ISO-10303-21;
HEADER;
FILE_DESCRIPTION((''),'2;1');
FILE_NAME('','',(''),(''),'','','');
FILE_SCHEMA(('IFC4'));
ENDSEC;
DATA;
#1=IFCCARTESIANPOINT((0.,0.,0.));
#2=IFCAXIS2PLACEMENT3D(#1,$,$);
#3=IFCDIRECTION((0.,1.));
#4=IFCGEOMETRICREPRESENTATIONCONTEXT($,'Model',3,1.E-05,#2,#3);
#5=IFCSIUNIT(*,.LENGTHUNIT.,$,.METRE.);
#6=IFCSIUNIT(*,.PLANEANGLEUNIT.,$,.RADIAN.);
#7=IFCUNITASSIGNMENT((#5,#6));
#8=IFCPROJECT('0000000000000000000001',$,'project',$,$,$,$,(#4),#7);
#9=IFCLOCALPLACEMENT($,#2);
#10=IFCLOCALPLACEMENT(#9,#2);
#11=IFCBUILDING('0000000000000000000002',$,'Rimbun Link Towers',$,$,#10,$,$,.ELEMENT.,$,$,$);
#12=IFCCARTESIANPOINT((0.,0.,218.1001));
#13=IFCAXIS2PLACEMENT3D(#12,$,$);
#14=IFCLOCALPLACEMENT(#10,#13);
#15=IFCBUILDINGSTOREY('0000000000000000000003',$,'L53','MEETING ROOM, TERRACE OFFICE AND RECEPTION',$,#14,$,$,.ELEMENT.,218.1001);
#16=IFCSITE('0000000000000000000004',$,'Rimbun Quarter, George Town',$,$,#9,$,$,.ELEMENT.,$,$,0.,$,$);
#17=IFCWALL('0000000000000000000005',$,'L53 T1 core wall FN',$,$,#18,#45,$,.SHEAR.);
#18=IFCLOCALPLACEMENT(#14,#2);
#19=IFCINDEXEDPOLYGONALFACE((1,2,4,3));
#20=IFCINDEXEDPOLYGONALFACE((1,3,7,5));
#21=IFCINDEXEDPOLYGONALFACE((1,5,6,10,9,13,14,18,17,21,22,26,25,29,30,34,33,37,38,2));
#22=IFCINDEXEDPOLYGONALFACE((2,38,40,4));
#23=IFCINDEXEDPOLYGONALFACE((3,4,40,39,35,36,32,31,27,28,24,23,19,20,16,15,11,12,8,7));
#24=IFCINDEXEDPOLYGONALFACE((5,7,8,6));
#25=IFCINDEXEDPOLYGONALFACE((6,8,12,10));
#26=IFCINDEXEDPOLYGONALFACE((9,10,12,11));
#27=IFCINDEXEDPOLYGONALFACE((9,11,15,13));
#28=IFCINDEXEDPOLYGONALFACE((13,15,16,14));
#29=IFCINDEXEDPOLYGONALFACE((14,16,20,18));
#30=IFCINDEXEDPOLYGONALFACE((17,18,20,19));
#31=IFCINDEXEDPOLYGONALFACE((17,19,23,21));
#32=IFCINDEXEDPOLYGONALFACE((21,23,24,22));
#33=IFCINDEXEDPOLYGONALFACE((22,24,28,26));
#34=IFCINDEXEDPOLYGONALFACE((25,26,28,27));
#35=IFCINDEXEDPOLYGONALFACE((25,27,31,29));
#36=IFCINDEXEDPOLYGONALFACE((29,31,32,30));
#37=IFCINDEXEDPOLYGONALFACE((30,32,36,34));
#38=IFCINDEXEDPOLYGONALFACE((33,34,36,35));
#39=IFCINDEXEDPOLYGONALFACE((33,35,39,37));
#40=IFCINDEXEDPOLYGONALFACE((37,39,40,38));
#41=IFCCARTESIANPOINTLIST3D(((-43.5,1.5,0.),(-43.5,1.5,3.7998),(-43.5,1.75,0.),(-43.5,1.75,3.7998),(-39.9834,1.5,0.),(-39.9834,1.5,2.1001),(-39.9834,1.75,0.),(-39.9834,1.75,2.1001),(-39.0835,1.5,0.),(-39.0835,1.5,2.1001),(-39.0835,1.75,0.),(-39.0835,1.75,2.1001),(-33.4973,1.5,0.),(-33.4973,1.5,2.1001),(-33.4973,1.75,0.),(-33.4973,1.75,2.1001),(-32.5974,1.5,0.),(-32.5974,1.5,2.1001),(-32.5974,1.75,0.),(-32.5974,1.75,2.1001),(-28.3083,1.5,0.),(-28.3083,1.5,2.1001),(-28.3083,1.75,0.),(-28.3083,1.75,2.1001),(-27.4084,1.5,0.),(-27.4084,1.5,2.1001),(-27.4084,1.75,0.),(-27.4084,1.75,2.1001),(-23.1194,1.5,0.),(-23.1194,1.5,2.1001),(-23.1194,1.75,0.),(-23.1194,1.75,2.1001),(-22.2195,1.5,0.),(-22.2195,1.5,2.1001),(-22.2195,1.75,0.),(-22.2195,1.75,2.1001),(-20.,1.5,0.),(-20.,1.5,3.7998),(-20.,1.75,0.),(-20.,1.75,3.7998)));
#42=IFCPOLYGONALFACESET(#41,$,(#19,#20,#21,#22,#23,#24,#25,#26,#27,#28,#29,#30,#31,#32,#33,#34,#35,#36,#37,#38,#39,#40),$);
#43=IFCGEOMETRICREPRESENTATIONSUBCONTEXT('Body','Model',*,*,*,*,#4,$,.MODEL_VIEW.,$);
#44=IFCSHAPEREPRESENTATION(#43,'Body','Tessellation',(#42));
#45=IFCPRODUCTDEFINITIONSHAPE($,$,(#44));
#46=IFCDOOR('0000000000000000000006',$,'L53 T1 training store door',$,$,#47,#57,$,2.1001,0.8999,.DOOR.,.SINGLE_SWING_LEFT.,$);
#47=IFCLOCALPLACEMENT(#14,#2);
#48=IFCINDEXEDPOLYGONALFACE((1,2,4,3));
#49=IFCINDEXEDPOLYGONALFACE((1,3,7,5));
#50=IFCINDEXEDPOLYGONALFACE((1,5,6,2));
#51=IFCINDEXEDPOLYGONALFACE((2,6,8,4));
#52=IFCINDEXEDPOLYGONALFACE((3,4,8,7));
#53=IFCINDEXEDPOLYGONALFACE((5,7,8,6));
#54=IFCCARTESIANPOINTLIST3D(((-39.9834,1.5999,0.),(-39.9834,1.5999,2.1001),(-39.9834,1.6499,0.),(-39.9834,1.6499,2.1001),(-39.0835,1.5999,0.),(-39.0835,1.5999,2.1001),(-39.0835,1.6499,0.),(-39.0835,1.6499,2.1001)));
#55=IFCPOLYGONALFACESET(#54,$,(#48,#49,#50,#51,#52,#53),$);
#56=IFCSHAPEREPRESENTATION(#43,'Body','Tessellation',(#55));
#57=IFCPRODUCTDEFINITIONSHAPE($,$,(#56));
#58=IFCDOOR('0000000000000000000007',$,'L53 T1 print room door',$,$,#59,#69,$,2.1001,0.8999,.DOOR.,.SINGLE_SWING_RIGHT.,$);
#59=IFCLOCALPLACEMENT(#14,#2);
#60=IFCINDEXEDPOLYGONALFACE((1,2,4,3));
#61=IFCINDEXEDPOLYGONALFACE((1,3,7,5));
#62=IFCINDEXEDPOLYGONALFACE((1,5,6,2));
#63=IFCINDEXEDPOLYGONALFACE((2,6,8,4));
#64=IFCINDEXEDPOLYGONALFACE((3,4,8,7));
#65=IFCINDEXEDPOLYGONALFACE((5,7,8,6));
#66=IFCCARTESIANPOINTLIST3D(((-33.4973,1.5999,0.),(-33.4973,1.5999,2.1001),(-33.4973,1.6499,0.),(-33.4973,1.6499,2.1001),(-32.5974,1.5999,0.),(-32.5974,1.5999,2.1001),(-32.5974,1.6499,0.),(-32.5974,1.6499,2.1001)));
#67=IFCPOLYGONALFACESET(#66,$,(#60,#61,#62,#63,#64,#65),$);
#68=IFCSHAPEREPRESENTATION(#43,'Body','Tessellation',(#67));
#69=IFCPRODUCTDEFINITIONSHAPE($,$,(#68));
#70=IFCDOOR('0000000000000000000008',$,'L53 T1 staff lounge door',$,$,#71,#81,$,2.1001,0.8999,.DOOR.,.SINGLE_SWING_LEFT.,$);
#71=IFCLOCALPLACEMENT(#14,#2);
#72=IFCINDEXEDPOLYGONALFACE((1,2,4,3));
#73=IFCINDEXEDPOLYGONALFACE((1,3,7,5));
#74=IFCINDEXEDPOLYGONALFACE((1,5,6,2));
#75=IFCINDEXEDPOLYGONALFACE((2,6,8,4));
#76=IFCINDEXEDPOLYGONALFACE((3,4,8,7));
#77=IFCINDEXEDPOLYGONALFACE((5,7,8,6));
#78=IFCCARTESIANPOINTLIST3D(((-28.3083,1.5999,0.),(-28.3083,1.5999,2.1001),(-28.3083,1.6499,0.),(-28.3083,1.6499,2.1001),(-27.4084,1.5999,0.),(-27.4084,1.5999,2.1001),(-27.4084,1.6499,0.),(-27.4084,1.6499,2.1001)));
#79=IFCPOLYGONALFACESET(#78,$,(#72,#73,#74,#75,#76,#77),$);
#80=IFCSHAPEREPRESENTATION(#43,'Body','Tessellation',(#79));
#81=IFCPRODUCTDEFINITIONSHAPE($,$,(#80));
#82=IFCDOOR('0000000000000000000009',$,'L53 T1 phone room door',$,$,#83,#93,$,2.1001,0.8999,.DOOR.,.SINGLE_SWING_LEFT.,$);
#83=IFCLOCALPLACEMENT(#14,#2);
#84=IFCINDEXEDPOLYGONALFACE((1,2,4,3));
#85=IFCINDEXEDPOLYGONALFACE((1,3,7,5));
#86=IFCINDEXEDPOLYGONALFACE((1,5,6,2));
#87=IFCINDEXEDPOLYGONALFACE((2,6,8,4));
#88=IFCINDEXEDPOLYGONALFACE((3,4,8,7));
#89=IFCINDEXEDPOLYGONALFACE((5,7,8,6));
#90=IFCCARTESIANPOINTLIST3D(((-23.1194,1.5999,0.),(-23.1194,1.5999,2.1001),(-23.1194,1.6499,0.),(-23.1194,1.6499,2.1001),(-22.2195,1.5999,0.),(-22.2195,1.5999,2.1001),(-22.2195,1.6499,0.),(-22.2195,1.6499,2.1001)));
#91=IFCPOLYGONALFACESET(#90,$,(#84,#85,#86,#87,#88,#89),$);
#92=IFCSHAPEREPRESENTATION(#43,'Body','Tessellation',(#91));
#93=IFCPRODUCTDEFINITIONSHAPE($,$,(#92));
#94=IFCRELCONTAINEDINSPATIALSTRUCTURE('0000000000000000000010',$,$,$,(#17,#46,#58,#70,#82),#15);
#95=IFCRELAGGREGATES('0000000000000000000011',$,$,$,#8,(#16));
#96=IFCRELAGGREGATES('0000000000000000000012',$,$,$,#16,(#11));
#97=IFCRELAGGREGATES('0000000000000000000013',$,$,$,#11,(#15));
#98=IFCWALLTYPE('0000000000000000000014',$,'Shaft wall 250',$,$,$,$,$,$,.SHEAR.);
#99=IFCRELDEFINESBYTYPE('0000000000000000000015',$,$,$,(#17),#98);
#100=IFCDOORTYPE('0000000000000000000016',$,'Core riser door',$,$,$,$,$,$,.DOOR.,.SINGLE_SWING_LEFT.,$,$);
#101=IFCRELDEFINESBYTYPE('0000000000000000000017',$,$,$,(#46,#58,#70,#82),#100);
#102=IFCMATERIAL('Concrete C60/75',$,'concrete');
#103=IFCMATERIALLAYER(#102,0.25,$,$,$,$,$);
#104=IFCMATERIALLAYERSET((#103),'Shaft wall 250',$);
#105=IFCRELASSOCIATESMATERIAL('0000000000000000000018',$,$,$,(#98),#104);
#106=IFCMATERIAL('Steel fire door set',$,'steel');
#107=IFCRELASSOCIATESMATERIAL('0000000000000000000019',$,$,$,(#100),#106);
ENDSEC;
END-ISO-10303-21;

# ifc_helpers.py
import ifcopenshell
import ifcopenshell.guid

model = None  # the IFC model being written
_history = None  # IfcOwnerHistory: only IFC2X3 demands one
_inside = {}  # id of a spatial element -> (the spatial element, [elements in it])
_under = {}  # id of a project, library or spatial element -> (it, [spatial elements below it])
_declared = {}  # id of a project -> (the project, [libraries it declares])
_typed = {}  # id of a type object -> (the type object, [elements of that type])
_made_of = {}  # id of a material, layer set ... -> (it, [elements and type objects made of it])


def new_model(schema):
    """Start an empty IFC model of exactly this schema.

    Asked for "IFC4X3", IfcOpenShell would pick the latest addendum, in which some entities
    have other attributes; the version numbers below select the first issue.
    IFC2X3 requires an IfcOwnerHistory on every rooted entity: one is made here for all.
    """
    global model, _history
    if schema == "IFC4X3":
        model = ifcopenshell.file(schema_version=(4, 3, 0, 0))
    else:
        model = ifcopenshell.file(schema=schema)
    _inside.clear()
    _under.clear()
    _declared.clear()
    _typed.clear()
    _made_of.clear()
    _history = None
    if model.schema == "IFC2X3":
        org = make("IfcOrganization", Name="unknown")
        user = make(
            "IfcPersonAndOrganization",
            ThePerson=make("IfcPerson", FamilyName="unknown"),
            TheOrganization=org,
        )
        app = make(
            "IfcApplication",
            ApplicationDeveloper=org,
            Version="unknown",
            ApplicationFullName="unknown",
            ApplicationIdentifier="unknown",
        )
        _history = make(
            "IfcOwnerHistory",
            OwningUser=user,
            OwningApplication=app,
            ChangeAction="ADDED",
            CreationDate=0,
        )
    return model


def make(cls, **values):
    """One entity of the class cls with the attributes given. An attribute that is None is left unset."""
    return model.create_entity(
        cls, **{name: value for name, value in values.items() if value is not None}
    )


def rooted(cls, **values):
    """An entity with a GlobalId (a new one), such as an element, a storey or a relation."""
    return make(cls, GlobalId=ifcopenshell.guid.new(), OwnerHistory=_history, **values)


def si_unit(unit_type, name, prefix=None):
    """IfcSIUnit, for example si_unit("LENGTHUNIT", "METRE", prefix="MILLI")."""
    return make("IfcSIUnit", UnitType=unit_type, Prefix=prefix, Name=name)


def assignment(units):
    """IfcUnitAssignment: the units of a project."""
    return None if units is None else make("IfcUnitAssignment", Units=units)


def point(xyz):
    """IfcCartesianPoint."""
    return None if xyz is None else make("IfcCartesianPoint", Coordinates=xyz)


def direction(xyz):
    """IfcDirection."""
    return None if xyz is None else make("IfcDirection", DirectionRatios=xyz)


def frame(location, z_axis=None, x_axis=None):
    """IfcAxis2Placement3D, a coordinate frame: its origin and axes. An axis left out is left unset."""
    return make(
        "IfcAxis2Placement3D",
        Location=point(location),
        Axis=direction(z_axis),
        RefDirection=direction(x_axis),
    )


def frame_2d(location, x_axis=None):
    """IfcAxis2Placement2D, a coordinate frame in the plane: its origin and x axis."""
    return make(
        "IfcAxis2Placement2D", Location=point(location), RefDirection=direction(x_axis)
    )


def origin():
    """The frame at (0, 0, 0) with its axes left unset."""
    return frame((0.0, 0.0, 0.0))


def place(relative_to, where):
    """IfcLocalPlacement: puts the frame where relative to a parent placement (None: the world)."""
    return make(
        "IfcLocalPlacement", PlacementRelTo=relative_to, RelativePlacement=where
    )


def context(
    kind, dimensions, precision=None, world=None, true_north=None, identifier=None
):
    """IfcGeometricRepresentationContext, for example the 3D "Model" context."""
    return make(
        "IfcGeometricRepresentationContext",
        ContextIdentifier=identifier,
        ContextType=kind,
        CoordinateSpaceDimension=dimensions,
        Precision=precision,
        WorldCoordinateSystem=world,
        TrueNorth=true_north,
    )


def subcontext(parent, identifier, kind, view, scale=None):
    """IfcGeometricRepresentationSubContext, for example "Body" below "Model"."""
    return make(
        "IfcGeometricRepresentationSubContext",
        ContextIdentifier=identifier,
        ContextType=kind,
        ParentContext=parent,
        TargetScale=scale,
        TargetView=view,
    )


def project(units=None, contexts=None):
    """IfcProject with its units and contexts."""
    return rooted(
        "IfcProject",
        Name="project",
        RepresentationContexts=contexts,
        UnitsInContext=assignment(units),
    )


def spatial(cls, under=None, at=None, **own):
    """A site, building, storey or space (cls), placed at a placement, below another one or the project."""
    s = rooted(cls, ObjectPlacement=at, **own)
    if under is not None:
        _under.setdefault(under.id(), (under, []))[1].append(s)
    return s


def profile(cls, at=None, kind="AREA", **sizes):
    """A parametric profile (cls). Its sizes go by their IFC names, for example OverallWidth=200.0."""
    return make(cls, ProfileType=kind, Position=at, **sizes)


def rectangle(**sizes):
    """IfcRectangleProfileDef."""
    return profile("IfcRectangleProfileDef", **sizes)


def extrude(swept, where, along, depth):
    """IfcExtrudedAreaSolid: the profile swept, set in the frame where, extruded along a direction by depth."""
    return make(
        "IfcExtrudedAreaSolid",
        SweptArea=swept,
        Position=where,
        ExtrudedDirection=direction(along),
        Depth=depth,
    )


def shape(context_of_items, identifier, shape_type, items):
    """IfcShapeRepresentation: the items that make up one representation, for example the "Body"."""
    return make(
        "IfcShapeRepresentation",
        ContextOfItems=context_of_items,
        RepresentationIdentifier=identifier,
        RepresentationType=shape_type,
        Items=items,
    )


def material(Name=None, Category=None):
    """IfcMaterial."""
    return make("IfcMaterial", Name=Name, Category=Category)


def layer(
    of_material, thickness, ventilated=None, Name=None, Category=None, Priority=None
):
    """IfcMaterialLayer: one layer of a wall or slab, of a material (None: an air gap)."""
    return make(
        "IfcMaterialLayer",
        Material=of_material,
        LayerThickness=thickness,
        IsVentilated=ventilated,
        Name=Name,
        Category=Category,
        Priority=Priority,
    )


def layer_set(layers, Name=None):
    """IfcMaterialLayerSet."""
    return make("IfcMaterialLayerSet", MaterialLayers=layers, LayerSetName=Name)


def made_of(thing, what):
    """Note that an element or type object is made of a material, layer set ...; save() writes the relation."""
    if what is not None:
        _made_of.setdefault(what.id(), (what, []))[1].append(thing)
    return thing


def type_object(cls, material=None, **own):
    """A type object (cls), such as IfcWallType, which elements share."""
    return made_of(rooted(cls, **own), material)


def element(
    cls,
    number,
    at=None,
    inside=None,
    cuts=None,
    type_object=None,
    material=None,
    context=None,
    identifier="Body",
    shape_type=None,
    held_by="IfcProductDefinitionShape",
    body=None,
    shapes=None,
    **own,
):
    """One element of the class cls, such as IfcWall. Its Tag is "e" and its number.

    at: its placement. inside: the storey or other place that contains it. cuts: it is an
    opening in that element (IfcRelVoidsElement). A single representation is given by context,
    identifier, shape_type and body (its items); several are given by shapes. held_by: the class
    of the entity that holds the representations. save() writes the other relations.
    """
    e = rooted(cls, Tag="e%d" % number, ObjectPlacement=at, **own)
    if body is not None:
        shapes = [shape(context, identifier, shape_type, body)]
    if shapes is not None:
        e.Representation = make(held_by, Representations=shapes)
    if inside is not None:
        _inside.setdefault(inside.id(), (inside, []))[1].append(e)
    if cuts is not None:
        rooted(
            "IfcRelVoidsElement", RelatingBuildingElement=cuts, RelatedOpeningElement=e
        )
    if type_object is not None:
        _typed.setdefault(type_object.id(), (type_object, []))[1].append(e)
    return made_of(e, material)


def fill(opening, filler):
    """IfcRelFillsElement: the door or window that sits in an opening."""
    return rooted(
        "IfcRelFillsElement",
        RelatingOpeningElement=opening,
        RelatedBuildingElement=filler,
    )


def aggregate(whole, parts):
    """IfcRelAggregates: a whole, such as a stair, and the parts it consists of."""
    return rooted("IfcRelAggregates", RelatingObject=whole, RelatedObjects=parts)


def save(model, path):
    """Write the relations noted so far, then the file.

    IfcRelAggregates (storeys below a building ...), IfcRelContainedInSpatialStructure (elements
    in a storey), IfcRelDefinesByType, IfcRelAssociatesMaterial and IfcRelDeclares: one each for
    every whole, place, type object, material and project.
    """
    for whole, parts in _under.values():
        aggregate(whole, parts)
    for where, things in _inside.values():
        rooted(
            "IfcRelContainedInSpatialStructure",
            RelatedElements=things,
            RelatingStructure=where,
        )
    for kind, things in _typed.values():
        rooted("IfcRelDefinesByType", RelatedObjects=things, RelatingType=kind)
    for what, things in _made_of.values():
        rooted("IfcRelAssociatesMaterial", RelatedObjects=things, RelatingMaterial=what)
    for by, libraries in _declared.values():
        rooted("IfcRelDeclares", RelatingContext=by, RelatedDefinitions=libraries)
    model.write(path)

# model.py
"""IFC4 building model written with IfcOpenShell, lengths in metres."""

from ifc_helpers import new_model, si_unit, direction, frame, frame_2d, origin, place, context, subcontext, project, spatial, rectangle, extrude, material, layer, layer_set, type_object, element, fill, save


model = new_model("IFC4")

# Units and contexts
model_context = context("Model", 3, precision=1e-05, world=origin(), true_north=direction((0.0, 1.0)))
body_context = subcontext(model_context, "Body", "Model", "MODEL_VIEW")
ifc_project = project(units=[si_unit("LENGTHUNIT", "METRE"), si_unit("PLANEANGLEUNIT", "RADIAN")], contexts=[model_context])

# Site, building, storey
site_placement = place(None, origin())
site = spatial("IfcSite", under=ifc_project, at=site_placement, Name="Rimbun Quarter, George Town", CompositionType="ELEMENT", RefElevation=0.0)
building_placement = place(site_placement, origin())
building = spatial("IfcBuilding", under=site, at=building_placement, Name="Rimbun Link Towers", CompositionType="ELEMENT")
storey_placement = place(building_placement, frame((0.0, 0.0, 218.1001)))
storey = spatial("IfcBuildingStorey", under=building, at=storey_placement, Name="L53", Description="MEETING ROOM, TERRACE OFFICE AND RECEPTION", CompositionType="ELEMENT", Elevation=218.1001)

# Shared definitions
ifc_material_1 = material(Name="Concrete C60/75", Category="concrete")
ifc_layer_1 = layer(ifc_material_1, 0.25)
ifc_layer_set_1 = layer_set([ifc_layer_1], Name="Shaft wall 250")
wall_type_1 = type_object("IfcWallType", Name="Shaft wall 250", PredefinedType="SHEAR", material=ifc_layer_set_1)

# Wall, openings, doors
wall_1_placement = place(storey_placement, frame((-43.5, 1.625, 0.0), z_axis=(0.0, 0.0, 1.0), x_axis=(1.0, 0.0, 0.0)))
wall_1 = element("IfcWall", 1, at=wall_1_placement, inside=storey, type_object=wall_type_1, Name="L53 T1 core wall FN", PredefinedType="SHEAR", context=body_context, shape_type="SweptSolid", body=[
    extrude(rectangle(XDim=23.5, YDim=0.25, at=frame_2d((11.75, 0.0))), origin(), (0.0, 0.0, 1.0), 3.7998),
])
opening_1_placement = place(wall_1_placement, frame((3.5166, 0.0, 0.0)))
opening_1 = element("IfcOpeningElement", 2, at=opening_1_placement, cuts=wall_1, PredefinedType="OPENING", context=body_context, shape_type="SweptSolid", body=[
    extrude(rectangle(XDim=0.8999, YDim=2.1001, at=frame_2d((0.45, 1.05))), frame((0.0, 0.135, 0.0), z_axis=(0.0, -1.0, 0.0), x_axis=(1.0, 0.0, 0.0)), (0.0, 0.0, 1.0), 0.27),
])
opening_2_placement = place(wall_1_placement, frame((10.0027, 0.0, 0.0)))
opening_2 = element("IfcOpeningElement", 3, at=opening_2_placement, cuts=wall_1, PredefinedType="OPENING", context=body_context, shape_type="SweptSolid", body=[
    extrude(rectangle(XDim=0.8999, YDim=2.1001, at=frame_2d((0.45, 1.05))), frame((0.0, 0.135, 0.0), z_axis=(0.0, -1.0, 0.0), x_axis=(1.0, 0.0, 0.0)), (0.0, 0.0, 1.0), 0.27),
])
opening_3_placement = place(wall_1_placement, frame((15.1917, 0.0, 0.0)))
opening_3 = element("IfcOpeningElement", 4, at=opening_3_placement, cuts=wall_1, PredefinedType="OPENING", context=body_context, shape_type="SweptSolid", body=[
    extrude(rectangle(XDim=0.8999, YDim=2.1001, at=frame_2d((0.45, 1.05))), frame((0.0, 0.135, 0.0), z_axis=(0.0, -1.0, 0.0), x_axis=(1.0, 0.0, 0.0)), (0.0, 0.0, 1.0), 0.27),
])
opening_4_placement = place(wall_1_placement, frame((20.3806, 0.0, 0.0)))
opening_4 = element("IfcOpeningElement", 5, at=opening_4_placement, cuts=wall_1, PredefinedType="OPENING", context=body_context, shape_type="SweptSolid", body=[
    extrude(rectangle(XDim=0.8999, YDim=2.1001, at=frame_2d((0.45, 1.05))), frame((0.0, 0.135, 0.0), z_axis=(0.0, -1.0, 0.0), x_axis=(1.0, 0.0, 0.0)), (0.0, 0.0, 1.0), 0.27),
])
ifc_material_2 = material(Name="Steel fire door set", Category="steel")
door_type_1 = type_object("IfcDoorType", Name="Core riser door", OperationType="SINGLE_SWING_LEFT", PredefinedType="DOOR", material=ifc_material_2)
door_1_placement = place(opening_1_placement, origin())
door_1 = element("IfcDoor", 6, at=door_1_placement, inside=storey, type_object=door_type_1, Name="L53 T1 training store door", OperationType="SINGLE_SWING_LEFT", OverallHeight=2.1001, OverallWidth=0.8999, PredefinedType="DOOR", context=body_context, shape_type="SweptSolid", body=[
    extrude(rectangle(XDim=0.8999, YDim=2.1001, at=frame_2d((0.45, 1.05))), frame((0.0, 0.0249, 0.0), z_axis=(0.0, -1.0, 0.0), x_axis=(1.0, 0.0, 0.0)), (0.0, 0.0, 1.0), 0.05),
])
fill(opening_1, door_1)
door_2_placement = place(opening_2_placement, origin())
door_2 = element("IfcDoor", 7, at=door_2_placement, inside=storey, type_object=door_type_1, Name="L53 T1 print room door", OperationType="SINGLE_SWING_RIGHT", OverallHeight=2.1001, OverallWidth=0.8999, PredefinedType="DOOR", context=body_context, shape_type="SweptSolid", body=[
    extrude(rectangle(XDim=0.8999, YDim=2.1001, at=frame_2d((0.45, 1.05))), frame((0.0, 0.0249, 0.0), z_axis=(0.0, -1.0, 0.0), x_axis=(1.0, 0.0, 0.0)), (0.0, 0.0, 1.0), 0.05),
])
fill(opening_2, door_2)
door_3_placement = place(opening_3_placement, origin())
door_3 = element("IfcDoor", 8, at=door_3_placement, inside=storey, type_object=door_type_1, Name="L53 T1 staff lounge door", OperationType="SINGLE_SWING_LEFT", OverallHeight=2.1001, OverallWidth=0.8999, PredefinedType="DOOR", context=body_context, shape_type="SweptSolid", body=[
    extrude(rectangle(XDim=0.8999, YDim=2.1001, at=frame_2d((0.45, 1.05))), frame((0.0, 0.0249, 0.0), z_axis=(0.0, -1.0, 0.0), x_axis=(1.0, 0.0, 0.0)), (0.0, 0.0, 1.0), 0.05),
])
fill(opening_3, door_3)
door_4_placement = place(opening_4_placement, origin())
door_4 = element("IfcDoor", 9, at=door_4_placement, inside=storey, type_object=door_type_1, Name="L53 T1 phone room door", OperationType="SINGLE_SWING_LEFT", OverallHeight=2.1001, OverallWidth=0.8999, PredefinedType="DOOR", context=body_context, shape_type="SweptSolid", body=[
    extrude(rectangle(XDim=0.8999, YDim=2.1001, at=frame_2d((0.45, 1.05))), frame((0.0, 0.0249, 0.0), z_axis=(0.0, -1.0, 0.0), x_axis=(1.0, 0.0, 0.0)), (0.0, 0.0, 1.0), 0.05),
])
fill(opening_4, door_4)

save(model, "model.ifc")
